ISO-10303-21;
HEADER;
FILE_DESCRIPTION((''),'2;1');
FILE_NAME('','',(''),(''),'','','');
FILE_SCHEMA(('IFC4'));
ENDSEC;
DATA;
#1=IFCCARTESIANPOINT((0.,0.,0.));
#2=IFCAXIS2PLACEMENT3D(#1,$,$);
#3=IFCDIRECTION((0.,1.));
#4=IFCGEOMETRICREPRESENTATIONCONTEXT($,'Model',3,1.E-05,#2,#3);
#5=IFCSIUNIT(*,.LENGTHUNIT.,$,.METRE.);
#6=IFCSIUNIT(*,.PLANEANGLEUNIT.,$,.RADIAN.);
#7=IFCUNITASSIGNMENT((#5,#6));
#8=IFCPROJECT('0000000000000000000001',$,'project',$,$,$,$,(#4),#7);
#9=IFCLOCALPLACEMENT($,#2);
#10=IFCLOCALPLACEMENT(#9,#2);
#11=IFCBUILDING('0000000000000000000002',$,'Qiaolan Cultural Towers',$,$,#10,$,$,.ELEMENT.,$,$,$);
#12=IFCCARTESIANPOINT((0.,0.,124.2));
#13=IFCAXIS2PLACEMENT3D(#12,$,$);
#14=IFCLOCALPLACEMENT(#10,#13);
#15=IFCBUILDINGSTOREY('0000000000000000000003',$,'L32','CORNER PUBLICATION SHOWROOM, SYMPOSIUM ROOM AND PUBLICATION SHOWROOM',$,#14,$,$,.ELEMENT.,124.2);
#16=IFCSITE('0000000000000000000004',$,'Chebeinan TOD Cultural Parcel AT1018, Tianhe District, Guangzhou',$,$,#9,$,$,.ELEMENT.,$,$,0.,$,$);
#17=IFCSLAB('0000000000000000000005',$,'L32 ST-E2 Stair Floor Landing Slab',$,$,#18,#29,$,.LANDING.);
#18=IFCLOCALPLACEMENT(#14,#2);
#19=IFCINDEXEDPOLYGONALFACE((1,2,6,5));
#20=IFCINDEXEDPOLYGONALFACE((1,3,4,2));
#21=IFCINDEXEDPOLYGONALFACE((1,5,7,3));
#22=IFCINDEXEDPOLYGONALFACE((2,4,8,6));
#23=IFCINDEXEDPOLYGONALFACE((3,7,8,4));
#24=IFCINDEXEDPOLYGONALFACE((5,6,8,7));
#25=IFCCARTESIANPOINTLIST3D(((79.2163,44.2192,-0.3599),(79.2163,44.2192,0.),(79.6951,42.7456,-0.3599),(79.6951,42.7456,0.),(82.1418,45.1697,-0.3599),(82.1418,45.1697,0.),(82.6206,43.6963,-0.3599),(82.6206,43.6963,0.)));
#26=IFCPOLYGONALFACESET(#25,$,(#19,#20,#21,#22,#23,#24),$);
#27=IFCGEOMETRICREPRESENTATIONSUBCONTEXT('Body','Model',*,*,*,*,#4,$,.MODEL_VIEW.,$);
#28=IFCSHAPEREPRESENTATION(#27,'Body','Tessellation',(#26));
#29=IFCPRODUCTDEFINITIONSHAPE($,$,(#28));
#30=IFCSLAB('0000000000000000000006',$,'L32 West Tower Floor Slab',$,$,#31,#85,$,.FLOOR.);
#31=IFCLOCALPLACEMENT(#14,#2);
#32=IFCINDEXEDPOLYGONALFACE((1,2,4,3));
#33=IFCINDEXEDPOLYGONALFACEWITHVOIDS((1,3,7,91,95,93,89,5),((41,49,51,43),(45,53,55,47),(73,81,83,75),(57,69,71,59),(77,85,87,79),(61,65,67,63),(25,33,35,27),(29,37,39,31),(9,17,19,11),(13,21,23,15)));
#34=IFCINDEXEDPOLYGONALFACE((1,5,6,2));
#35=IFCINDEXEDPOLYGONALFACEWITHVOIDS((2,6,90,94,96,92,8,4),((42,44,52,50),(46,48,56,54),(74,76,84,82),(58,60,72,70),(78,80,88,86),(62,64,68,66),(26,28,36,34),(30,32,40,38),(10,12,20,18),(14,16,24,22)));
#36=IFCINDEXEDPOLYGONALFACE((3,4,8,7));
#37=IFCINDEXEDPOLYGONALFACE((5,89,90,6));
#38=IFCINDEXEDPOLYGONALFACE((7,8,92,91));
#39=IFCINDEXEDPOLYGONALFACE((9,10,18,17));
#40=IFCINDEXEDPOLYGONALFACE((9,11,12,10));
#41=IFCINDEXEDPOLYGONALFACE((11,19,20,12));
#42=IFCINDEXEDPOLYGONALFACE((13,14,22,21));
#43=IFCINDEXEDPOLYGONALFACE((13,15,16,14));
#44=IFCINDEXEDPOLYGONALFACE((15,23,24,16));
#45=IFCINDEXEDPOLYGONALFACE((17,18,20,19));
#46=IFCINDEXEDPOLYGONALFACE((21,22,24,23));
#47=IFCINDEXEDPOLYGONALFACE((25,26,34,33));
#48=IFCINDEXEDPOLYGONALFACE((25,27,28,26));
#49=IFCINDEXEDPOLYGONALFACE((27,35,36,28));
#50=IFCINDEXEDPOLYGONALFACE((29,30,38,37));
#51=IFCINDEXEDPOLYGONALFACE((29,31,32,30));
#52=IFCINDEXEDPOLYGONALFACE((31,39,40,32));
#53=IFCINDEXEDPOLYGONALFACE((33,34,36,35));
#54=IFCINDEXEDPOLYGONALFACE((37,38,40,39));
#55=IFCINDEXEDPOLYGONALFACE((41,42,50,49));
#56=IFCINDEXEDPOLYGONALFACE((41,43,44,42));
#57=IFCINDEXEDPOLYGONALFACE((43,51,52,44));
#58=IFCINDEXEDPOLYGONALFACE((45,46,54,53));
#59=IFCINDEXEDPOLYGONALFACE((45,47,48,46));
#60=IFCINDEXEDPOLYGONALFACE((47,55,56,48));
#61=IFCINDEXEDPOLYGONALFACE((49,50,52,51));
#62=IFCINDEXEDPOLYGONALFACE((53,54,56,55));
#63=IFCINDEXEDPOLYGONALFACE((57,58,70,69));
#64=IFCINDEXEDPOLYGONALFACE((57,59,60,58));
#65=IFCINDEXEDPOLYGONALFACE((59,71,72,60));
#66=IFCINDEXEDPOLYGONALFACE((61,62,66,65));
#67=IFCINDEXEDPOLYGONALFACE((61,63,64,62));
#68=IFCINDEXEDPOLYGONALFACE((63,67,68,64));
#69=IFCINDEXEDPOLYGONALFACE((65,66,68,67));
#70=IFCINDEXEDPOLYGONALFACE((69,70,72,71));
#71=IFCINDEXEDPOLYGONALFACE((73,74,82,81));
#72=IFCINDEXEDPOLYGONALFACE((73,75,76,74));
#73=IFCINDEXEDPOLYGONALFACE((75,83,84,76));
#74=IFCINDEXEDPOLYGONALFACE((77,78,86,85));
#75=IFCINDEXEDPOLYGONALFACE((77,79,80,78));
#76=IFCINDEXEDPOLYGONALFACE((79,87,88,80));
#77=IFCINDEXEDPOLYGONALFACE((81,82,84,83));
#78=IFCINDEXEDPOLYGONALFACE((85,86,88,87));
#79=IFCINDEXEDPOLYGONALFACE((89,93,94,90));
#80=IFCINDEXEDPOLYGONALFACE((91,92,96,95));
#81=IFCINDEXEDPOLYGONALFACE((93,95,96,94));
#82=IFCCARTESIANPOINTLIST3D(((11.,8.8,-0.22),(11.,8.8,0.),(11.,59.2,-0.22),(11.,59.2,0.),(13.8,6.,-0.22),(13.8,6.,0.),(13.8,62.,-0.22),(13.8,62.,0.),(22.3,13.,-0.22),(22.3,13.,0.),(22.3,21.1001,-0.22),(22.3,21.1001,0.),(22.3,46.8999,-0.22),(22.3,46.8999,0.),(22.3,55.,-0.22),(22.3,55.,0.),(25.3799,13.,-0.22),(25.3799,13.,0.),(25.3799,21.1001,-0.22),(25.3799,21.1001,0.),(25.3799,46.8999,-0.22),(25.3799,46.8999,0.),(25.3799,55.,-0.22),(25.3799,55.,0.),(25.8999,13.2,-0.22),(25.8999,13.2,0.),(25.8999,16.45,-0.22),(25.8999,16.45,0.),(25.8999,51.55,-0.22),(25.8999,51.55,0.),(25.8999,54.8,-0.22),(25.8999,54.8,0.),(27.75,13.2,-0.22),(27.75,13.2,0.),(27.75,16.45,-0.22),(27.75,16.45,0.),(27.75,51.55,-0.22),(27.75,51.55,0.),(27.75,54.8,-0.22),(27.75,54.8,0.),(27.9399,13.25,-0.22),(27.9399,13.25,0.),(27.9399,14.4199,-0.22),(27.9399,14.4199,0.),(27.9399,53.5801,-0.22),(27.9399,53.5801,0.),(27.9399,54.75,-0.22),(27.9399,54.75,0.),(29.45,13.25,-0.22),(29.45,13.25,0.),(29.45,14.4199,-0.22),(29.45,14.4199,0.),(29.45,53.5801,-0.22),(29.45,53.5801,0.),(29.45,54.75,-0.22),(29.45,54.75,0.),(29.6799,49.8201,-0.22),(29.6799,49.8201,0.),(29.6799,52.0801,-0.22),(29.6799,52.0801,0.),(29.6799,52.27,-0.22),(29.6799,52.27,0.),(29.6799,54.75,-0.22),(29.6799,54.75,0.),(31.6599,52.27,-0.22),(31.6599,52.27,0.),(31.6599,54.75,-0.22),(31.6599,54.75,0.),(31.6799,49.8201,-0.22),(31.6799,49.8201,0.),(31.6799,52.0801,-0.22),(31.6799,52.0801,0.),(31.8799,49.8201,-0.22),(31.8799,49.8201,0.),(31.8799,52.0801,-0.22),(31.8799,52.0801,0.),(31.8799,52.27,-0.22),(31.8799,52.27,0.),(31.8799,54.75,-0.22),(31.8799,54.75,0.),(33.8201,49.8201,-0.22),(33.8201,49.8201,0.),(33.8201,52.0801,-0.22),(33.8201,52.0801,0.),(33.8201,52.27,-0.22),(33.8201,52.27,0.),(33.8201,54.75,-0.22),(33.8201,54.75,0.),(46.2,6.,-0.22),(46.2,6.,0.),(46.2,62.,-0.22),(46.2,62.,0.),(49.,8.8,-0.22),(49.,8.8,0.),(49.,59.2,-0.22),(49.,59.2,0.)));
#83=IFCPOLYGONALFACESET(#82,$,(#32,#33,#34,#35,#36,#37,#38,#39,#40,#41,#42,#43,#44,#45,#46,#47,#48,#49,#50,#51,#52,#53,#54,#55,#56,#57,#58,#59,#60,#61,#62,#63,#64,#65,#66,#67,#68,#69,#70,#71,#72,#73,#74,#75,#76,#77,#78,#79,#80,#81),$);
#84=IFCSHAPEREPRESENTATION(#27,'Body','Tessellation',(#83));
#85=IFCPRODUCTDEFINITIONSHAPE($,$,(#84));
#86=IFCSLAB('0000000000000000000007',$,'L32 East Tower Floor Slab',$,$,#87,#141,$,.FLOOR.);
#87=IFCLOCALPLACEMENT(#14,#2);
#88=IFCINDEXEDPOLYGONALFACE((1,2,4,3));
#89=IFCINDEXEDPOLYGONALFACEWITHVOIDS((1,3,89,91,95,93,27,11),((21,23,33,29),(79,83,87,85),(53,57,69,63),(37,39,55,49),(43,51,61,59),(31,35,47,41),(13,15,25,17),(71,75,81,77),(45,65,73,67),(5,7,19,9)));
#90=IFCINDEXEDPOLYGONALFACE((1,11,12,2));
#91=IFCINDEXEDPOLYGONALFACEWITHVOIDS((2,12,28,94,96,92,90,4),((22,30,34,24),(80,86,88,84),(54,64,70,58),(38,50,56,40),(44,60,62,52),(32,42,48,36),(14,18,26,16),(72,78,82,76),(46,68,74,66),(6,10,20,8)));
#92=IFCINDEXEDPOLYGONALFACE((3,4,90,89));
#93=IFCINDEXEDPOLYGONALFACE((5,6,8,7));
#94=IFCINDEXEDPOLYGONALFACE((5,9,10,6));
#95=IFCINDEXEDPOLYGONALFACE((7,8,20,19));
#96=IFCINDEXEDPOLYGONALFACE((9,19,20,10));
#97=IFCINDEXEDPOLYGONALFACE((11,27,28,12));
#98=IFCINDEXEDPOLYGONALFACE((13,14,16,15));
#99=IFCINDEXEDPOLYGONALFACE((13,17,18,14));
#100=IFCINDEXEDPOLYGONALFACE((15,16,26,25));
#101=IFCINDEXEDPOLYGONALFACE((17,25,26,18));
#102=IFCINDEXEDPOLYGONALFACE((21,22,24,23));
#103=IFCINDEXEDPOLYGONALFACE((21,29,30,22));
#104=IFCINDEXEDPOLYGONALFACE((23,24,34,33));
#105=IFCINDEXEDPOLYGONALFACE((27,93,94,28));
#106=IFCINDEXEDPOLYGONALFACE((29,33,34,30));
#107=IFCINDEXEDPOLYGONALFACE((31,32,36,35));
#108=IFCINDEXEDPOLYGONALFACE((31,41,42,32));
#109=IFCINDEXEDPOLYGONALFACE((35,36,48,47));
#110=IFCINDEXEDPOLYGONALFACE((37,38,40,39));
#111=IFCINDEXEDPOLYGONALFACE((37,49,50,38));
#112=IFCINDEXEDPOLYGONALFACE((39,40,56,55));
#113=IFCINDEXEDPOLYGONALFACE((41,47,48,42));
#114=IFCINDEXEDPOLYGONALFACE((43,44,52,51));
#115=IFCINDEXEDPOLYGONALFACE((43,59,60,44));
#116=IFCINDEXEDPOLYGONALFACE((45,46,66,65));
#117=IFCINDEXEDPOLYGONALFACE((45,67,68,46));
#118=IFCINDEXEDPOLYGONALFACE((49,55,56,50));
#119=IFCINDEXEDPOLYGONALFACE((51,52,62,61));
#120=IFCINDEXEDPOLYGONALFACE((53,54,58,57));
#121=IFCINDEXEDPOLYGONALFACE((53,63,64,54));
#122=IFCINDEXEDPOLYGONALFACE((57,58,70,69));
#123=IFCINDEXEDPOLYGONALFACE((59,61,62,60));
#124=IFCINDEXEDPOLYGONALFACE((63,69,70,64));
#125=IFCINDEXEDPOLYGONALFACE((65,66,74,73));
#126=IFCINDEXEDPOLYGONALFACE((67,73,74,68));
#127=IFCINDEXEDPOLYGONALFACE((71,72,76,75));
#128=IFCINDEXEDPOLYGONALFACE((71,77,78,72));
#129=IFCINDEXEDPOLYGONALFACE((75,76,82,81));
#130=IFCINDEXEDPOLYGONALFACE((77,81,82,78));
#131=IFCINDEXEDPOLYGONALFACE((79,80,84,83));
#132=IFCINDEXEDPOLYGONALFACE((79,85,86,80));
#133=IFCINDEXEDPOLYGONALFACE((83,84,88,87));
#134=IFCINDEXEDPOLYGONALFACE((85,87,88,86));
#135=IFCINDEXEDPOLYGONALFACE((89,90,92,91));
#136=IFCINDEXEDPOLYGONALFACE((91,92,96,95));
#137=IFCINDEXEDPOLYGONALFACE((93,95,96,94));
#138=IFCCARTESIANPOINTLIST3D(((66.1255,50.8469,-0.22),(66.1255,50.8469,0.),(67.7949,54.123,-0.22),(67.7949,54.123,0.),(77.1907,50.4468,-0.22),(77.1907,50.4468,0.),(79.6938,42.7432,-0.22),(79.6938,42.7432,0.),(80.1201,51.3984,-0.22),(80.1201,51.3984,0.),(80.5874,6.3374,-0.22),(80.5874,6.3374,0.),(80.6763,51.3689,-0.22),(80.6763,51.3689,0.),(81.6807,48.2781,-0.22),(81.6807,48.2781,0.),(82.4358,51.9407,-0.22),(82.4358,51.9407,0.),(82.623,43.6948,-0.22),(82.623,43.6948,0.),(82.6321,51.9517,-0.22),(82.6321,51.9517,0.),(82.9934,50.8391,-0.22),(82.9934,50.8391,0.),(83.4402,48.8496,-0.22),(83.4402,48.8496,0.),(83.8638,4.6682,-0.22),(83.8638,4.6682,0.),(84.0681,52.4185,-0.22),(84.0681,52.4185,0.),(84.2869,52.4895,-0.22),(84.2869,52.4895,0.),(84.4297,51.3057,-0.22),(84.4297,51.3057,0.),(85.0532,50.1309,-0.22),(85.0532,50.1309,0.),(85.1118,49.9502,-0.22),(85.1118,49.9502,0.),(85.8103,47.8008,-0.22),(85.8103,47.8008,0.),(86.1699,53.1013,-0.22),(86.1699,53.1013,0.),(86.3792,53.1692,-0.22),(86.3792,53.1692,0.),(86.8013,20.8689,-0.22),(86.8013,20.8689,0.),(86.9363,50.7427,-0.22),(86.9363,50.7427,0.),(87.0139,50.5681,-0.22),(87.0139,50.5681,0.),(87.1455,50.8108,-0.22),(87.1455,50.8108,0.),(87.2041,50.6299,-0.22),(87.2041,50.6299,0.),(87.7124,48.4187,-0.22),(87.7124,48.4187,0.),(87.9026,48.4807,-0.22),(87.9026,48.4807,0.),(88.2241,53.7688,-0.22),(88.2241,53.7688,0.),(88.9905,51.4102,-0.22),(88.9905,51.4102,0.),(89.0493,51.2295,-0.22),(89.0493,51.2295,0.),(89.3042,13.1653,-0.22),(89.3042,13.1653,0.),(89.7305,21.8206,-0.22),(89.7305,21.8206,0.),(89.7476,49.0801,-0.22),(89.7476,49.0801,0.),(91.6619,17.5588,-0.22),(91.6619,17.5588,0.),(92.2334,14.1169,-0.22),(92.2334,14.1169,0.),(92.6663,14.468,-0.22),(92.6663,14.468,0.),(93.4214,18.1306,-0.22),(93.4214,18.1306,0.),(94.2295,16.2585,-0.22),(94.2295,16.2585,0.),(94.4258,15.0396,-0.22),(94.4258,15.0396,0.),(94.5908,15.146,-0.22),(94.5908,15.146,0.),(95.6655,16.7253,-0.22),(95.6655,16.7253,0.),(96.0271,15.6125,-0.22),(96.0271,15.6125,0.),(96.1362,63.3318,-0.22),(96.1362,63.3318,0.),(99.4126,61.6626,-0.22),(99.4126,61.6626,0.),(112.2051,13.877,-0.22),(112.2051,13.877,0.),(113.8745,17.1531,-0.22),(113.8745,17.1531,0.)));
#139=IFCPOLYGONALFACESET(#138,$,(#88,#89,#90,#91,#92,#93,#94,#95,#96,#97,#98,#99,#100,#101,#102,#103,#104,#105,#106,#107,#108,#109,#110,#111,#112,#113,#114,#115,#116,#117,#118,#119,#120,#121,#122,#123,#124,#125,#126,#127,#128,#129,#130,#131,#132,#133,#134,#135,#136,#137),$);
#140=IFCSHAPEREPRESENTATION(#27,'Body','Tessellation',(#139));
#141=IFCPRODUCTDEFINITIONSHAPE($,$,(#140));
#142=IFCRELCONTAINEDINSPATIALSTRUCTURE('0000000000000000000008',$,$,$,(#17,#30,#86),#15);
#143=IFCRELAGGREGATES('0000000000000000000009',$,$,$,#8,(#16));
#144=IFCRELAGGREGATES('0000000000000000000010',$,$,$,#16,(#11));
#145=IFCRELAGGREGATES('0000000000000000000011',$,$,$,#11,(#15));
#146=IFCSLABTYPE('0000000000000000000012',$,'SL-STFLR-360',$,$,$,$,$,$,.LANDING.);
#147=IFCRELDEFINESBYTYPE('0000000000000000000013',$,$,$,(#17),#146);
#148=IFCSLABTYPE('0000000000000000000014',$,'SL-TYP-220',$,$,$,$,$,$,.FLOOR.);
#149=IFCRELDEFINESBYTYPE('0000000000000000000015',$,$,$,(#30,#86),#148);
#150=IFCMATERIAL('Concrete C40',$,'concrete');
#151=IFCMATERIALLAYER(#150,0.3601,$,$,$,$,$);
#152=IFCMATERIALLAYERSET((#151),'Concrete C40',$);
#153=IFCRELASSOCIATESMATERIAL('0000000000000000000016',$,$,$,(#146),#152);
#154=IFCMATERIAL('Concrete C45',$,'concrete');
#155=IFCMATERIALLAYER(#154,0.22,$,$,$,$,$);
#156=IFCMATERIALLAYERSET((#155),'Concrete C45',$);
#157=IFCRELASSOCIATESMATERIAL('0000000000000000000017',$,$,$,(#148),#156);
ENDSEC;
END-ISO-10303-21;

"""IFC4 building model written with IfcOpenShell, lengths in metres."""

from ifc_helpers import new_model, si_unit, direction, frame, origin, place, context, subcontext, project, spatial, polyline, outline, extrude, material, layer, layer_set, type_object, element, save


model = new_model("IFC4")

# Units and contexts
model_context = context("Model", 3, precision=1e-05, world=origin(), true_north=direction((0.0, 1.0)))
body_context = subcontext(model_context, "Body", "Model", "MODEL_VIEW")
ifc_project = project(units=[si_unit("LENGTHUNIT", "METRE"), si_unit("PLANEANGLEUNIT", "RADIAN")], contexts=[model_context])

# Site, building, storey
site_placement = place(None, origin())
site = spatial("IfcSite", under=ifc_project, at=site_placement, Name="Chebeinan TOD Cultural Parcel AT1018, Tianhe District, Guangzhou", CompositionType="ELEMENT", RefElevation=0.0)
building_placement = place(site_placement, origin())
building = spatial("IfcBuilding", under=site, at=building_placement, Name="Qiaolan Cultural Towers", CompositionType="ELEMENT")
storey_placement = place(building_placement, frame((0.0, 0.0, 124.2)))
storey = spatial("IfcBuildingStorey", under=building, at=storey_placement, Name="L32", Description="CORNER PUBLICATION SHOWROOM, SYMPOSIUM ROOM AND PUBLICATION SHOWROOM", CompositionType="ELEMENT", Elevation=124.2)

# Slabs
ifc_material_1 = material(Name="Concrete C40", Category="concrete")
ifc_layer_1 = layer(ifc_material_1, 0.3601)
ifc_layer_set_1 = layer_set([ifc_layer_1], Name="Concrete C40")
slab_type_1 = type_object("IfcSlabType", Name="SL-STFLR-360", PredefinedType="LANDING", material=ifc_layer_set_1)
slab_1_placement = place(storey_placement, frame((0.0, 0.0, -0.3599)))
element("IfcSlab", 1, at=slab_1_placement, inside=storey, type_object=slab_type_1, Name="L32 ST-E2 Stair Floor Landing Slab", PredefinedType="LANDING", context=body_context, shape_type="SweptSolid", body=[
    extrude(outline(polyline([(82.6206, 43.6963), (82.1418, 45.1697), (79.2163, 44.2192), (79.6951, 42.7456), (82.6206, 43.6963)])), origin(), (0.0, 0.0, 1.0), 0.3599),
])
ifc_material_2 = material(Name="Concrete C45", Category="concrete")
ifc_layer_2 = layer(ifc_material_2, 0.22)
ifc_layer_set_2 = layer_set([ifc_layer_2], Name="Concrete C45")
slab_type_2 = type_object("IfcSlabType", Name="SL-TYP-220", PredefinedType="FLOOR", material=ifc_layer_set_2)
slab_2_placement = place(storey_placement, frame((0.0, 0.0, -0.22)))
element("IfcSlab", 2, at=slab_2_placement, inside=storey, type_object=slab_type_2, Name="L32 West Tower Floor Slab", PredefinedType="FLOOR", context=body_context, shape_type="SweptSolid", body=[
    extrude(outline(polyline([(13.8, 6.0), (46.2, 6.0), (49.0, 8.8), (49.0, 59.2), (46.2, 62.0), (13.8, 62.0), (11.0, 59.2), (11.0, 8.8), (13.8, 6.0)]), holes=[polyline([(22.3, 21.1001), (22.3, 13.0), (25.3799, 13.0), (25.3799, 21.1001), (22.3, 21.1001)]), polyline([(25.3799, 46.8999), (25.3799, 55.0), (22.3, 55.0), (22.3, 46.8999), (25.3799, 46.8999)]), polyline([(25.8999, 13.2), (27.75, 13.2), (27.75, 16.45), (25.8999, 16.45), (25.8999, 13.2)]), polyline([(27.9399, 13.25), (29.45, 13.25), (29.45, 14.4199), (27.9399, 14.4199), (27.9399, 13.25)]), polyline([(25.8999, 51.55), (27.75, 51.55), (27.75, 54.8), (25.8999, 54.8), (25.8999, 51.55)]), polyline([(27.9399, 53.5801), (29.45, 53.5801), (29.45, 54.75), (27.9399, 54.75), (27.9399, 53.5801)]), polyline([(29.6799, 49.8201), (31.6799, 49.8201), (31.6799, 52.0801), (29.6799, 52.0801), (29.6799, 49.8201)]), polyline([(31.8799, 49.8201), (33.8201, 49.8201), (33.8201, 52.0801), (31.8799, 52.0801), (31.8799, 49.8201)]), polyline([(29.6799, 52.27), (31.6599, 52.27), (31.6599, 54.75), (29.6799, 54.75), (29.6799, 52.27)]), polyline([(31.8799, 52.27), (33.8201, 52.27), (33.8201, 54.75), (31.8799, 54.75), (31.8799, 52.27)])]), origin(), (0.0, 0.0, 1.0), 0.22),
])
slab_3_placement = place(storey_placement, frame((0.0, 0.0, -0.22)))
element("IfcSlab", 3, at=slab_3_placement, inside=storey, type_object=slab_type_2, Name="L32 East Tower Floor Slab", PredefinedType="FLOOR", context=body_context, shape_type="SweptSolid", body=[
    extrude(outline(polyline([(83.8638, 4.6682), (112.2051, 13.877), (113.8745, 17.1531), (99.4126, 61.6626), (96.1362, 63.3318), (67.7949, 54.123), (66.1255, 50.8469), (80.5874, 6.3374), (83.8638, 4.6682)]), holes=[polyline([(86.8013, 20.8689), (89.3042, 13.1653), (92.2334, 14.1169), (89.7305, 21.8206), (86.8013, 20.8689)]), polyline([(82.623, 43.6948), (80.1201, 51.3984), (77.1907, 50.4468), (79.6938, 42.7432), (82.623, 43.6948)]), polyline([(92.6663, 14.468), (94.4258, 15.0396), (93.4214, 18.1306), (91.6619, 17.5588), (92.6663, 14.468)]), polyline([(94.5908, 15.146), (96.0271, 15.6125), (95.6655, 16.7253), (94.2295, 16.2585), (94.5908, 15.146)]), polyline([(81.6807, 48.2781), (83.4402, 48.8496), (82.4358, 51.9407), (80.6763, 51.3689), (81.6807, 48.2781)]), polyline([(82.9934, 50.8391), (84.4297, 51.3057), (84.0681, 52.4185), (82.6321, 51.9517), (82.9934, 50.8391)]), polyline([(85.8103, 47.8008), (87.7124, 48.4187), (87.0139, 50.5681), (85.1118, 49.9502), (85.8103, 47.8008)]), polyline([(87.9026, 48.4807), (89.7476, 49.0801), (89.0493, 51.2295), (87.2041, 50.6299), (87.9026, 48.4807)]), polyline([(85.0532, 50.1309), (86.9363, 50.7427), (86.1699, 53.1013), (84.2869, 52.4895), (85.0532, 50.1309)]), polyline([(87.1455, 50.8108), (88.9905, 51.4102), (88.2241, 53.7688), (86.3792, 53.1692), (87.1455, 50.8108)])]), origin(), (0.0, 0.0, 1.0), 0.22),
])

save(model, "model.ifc")
